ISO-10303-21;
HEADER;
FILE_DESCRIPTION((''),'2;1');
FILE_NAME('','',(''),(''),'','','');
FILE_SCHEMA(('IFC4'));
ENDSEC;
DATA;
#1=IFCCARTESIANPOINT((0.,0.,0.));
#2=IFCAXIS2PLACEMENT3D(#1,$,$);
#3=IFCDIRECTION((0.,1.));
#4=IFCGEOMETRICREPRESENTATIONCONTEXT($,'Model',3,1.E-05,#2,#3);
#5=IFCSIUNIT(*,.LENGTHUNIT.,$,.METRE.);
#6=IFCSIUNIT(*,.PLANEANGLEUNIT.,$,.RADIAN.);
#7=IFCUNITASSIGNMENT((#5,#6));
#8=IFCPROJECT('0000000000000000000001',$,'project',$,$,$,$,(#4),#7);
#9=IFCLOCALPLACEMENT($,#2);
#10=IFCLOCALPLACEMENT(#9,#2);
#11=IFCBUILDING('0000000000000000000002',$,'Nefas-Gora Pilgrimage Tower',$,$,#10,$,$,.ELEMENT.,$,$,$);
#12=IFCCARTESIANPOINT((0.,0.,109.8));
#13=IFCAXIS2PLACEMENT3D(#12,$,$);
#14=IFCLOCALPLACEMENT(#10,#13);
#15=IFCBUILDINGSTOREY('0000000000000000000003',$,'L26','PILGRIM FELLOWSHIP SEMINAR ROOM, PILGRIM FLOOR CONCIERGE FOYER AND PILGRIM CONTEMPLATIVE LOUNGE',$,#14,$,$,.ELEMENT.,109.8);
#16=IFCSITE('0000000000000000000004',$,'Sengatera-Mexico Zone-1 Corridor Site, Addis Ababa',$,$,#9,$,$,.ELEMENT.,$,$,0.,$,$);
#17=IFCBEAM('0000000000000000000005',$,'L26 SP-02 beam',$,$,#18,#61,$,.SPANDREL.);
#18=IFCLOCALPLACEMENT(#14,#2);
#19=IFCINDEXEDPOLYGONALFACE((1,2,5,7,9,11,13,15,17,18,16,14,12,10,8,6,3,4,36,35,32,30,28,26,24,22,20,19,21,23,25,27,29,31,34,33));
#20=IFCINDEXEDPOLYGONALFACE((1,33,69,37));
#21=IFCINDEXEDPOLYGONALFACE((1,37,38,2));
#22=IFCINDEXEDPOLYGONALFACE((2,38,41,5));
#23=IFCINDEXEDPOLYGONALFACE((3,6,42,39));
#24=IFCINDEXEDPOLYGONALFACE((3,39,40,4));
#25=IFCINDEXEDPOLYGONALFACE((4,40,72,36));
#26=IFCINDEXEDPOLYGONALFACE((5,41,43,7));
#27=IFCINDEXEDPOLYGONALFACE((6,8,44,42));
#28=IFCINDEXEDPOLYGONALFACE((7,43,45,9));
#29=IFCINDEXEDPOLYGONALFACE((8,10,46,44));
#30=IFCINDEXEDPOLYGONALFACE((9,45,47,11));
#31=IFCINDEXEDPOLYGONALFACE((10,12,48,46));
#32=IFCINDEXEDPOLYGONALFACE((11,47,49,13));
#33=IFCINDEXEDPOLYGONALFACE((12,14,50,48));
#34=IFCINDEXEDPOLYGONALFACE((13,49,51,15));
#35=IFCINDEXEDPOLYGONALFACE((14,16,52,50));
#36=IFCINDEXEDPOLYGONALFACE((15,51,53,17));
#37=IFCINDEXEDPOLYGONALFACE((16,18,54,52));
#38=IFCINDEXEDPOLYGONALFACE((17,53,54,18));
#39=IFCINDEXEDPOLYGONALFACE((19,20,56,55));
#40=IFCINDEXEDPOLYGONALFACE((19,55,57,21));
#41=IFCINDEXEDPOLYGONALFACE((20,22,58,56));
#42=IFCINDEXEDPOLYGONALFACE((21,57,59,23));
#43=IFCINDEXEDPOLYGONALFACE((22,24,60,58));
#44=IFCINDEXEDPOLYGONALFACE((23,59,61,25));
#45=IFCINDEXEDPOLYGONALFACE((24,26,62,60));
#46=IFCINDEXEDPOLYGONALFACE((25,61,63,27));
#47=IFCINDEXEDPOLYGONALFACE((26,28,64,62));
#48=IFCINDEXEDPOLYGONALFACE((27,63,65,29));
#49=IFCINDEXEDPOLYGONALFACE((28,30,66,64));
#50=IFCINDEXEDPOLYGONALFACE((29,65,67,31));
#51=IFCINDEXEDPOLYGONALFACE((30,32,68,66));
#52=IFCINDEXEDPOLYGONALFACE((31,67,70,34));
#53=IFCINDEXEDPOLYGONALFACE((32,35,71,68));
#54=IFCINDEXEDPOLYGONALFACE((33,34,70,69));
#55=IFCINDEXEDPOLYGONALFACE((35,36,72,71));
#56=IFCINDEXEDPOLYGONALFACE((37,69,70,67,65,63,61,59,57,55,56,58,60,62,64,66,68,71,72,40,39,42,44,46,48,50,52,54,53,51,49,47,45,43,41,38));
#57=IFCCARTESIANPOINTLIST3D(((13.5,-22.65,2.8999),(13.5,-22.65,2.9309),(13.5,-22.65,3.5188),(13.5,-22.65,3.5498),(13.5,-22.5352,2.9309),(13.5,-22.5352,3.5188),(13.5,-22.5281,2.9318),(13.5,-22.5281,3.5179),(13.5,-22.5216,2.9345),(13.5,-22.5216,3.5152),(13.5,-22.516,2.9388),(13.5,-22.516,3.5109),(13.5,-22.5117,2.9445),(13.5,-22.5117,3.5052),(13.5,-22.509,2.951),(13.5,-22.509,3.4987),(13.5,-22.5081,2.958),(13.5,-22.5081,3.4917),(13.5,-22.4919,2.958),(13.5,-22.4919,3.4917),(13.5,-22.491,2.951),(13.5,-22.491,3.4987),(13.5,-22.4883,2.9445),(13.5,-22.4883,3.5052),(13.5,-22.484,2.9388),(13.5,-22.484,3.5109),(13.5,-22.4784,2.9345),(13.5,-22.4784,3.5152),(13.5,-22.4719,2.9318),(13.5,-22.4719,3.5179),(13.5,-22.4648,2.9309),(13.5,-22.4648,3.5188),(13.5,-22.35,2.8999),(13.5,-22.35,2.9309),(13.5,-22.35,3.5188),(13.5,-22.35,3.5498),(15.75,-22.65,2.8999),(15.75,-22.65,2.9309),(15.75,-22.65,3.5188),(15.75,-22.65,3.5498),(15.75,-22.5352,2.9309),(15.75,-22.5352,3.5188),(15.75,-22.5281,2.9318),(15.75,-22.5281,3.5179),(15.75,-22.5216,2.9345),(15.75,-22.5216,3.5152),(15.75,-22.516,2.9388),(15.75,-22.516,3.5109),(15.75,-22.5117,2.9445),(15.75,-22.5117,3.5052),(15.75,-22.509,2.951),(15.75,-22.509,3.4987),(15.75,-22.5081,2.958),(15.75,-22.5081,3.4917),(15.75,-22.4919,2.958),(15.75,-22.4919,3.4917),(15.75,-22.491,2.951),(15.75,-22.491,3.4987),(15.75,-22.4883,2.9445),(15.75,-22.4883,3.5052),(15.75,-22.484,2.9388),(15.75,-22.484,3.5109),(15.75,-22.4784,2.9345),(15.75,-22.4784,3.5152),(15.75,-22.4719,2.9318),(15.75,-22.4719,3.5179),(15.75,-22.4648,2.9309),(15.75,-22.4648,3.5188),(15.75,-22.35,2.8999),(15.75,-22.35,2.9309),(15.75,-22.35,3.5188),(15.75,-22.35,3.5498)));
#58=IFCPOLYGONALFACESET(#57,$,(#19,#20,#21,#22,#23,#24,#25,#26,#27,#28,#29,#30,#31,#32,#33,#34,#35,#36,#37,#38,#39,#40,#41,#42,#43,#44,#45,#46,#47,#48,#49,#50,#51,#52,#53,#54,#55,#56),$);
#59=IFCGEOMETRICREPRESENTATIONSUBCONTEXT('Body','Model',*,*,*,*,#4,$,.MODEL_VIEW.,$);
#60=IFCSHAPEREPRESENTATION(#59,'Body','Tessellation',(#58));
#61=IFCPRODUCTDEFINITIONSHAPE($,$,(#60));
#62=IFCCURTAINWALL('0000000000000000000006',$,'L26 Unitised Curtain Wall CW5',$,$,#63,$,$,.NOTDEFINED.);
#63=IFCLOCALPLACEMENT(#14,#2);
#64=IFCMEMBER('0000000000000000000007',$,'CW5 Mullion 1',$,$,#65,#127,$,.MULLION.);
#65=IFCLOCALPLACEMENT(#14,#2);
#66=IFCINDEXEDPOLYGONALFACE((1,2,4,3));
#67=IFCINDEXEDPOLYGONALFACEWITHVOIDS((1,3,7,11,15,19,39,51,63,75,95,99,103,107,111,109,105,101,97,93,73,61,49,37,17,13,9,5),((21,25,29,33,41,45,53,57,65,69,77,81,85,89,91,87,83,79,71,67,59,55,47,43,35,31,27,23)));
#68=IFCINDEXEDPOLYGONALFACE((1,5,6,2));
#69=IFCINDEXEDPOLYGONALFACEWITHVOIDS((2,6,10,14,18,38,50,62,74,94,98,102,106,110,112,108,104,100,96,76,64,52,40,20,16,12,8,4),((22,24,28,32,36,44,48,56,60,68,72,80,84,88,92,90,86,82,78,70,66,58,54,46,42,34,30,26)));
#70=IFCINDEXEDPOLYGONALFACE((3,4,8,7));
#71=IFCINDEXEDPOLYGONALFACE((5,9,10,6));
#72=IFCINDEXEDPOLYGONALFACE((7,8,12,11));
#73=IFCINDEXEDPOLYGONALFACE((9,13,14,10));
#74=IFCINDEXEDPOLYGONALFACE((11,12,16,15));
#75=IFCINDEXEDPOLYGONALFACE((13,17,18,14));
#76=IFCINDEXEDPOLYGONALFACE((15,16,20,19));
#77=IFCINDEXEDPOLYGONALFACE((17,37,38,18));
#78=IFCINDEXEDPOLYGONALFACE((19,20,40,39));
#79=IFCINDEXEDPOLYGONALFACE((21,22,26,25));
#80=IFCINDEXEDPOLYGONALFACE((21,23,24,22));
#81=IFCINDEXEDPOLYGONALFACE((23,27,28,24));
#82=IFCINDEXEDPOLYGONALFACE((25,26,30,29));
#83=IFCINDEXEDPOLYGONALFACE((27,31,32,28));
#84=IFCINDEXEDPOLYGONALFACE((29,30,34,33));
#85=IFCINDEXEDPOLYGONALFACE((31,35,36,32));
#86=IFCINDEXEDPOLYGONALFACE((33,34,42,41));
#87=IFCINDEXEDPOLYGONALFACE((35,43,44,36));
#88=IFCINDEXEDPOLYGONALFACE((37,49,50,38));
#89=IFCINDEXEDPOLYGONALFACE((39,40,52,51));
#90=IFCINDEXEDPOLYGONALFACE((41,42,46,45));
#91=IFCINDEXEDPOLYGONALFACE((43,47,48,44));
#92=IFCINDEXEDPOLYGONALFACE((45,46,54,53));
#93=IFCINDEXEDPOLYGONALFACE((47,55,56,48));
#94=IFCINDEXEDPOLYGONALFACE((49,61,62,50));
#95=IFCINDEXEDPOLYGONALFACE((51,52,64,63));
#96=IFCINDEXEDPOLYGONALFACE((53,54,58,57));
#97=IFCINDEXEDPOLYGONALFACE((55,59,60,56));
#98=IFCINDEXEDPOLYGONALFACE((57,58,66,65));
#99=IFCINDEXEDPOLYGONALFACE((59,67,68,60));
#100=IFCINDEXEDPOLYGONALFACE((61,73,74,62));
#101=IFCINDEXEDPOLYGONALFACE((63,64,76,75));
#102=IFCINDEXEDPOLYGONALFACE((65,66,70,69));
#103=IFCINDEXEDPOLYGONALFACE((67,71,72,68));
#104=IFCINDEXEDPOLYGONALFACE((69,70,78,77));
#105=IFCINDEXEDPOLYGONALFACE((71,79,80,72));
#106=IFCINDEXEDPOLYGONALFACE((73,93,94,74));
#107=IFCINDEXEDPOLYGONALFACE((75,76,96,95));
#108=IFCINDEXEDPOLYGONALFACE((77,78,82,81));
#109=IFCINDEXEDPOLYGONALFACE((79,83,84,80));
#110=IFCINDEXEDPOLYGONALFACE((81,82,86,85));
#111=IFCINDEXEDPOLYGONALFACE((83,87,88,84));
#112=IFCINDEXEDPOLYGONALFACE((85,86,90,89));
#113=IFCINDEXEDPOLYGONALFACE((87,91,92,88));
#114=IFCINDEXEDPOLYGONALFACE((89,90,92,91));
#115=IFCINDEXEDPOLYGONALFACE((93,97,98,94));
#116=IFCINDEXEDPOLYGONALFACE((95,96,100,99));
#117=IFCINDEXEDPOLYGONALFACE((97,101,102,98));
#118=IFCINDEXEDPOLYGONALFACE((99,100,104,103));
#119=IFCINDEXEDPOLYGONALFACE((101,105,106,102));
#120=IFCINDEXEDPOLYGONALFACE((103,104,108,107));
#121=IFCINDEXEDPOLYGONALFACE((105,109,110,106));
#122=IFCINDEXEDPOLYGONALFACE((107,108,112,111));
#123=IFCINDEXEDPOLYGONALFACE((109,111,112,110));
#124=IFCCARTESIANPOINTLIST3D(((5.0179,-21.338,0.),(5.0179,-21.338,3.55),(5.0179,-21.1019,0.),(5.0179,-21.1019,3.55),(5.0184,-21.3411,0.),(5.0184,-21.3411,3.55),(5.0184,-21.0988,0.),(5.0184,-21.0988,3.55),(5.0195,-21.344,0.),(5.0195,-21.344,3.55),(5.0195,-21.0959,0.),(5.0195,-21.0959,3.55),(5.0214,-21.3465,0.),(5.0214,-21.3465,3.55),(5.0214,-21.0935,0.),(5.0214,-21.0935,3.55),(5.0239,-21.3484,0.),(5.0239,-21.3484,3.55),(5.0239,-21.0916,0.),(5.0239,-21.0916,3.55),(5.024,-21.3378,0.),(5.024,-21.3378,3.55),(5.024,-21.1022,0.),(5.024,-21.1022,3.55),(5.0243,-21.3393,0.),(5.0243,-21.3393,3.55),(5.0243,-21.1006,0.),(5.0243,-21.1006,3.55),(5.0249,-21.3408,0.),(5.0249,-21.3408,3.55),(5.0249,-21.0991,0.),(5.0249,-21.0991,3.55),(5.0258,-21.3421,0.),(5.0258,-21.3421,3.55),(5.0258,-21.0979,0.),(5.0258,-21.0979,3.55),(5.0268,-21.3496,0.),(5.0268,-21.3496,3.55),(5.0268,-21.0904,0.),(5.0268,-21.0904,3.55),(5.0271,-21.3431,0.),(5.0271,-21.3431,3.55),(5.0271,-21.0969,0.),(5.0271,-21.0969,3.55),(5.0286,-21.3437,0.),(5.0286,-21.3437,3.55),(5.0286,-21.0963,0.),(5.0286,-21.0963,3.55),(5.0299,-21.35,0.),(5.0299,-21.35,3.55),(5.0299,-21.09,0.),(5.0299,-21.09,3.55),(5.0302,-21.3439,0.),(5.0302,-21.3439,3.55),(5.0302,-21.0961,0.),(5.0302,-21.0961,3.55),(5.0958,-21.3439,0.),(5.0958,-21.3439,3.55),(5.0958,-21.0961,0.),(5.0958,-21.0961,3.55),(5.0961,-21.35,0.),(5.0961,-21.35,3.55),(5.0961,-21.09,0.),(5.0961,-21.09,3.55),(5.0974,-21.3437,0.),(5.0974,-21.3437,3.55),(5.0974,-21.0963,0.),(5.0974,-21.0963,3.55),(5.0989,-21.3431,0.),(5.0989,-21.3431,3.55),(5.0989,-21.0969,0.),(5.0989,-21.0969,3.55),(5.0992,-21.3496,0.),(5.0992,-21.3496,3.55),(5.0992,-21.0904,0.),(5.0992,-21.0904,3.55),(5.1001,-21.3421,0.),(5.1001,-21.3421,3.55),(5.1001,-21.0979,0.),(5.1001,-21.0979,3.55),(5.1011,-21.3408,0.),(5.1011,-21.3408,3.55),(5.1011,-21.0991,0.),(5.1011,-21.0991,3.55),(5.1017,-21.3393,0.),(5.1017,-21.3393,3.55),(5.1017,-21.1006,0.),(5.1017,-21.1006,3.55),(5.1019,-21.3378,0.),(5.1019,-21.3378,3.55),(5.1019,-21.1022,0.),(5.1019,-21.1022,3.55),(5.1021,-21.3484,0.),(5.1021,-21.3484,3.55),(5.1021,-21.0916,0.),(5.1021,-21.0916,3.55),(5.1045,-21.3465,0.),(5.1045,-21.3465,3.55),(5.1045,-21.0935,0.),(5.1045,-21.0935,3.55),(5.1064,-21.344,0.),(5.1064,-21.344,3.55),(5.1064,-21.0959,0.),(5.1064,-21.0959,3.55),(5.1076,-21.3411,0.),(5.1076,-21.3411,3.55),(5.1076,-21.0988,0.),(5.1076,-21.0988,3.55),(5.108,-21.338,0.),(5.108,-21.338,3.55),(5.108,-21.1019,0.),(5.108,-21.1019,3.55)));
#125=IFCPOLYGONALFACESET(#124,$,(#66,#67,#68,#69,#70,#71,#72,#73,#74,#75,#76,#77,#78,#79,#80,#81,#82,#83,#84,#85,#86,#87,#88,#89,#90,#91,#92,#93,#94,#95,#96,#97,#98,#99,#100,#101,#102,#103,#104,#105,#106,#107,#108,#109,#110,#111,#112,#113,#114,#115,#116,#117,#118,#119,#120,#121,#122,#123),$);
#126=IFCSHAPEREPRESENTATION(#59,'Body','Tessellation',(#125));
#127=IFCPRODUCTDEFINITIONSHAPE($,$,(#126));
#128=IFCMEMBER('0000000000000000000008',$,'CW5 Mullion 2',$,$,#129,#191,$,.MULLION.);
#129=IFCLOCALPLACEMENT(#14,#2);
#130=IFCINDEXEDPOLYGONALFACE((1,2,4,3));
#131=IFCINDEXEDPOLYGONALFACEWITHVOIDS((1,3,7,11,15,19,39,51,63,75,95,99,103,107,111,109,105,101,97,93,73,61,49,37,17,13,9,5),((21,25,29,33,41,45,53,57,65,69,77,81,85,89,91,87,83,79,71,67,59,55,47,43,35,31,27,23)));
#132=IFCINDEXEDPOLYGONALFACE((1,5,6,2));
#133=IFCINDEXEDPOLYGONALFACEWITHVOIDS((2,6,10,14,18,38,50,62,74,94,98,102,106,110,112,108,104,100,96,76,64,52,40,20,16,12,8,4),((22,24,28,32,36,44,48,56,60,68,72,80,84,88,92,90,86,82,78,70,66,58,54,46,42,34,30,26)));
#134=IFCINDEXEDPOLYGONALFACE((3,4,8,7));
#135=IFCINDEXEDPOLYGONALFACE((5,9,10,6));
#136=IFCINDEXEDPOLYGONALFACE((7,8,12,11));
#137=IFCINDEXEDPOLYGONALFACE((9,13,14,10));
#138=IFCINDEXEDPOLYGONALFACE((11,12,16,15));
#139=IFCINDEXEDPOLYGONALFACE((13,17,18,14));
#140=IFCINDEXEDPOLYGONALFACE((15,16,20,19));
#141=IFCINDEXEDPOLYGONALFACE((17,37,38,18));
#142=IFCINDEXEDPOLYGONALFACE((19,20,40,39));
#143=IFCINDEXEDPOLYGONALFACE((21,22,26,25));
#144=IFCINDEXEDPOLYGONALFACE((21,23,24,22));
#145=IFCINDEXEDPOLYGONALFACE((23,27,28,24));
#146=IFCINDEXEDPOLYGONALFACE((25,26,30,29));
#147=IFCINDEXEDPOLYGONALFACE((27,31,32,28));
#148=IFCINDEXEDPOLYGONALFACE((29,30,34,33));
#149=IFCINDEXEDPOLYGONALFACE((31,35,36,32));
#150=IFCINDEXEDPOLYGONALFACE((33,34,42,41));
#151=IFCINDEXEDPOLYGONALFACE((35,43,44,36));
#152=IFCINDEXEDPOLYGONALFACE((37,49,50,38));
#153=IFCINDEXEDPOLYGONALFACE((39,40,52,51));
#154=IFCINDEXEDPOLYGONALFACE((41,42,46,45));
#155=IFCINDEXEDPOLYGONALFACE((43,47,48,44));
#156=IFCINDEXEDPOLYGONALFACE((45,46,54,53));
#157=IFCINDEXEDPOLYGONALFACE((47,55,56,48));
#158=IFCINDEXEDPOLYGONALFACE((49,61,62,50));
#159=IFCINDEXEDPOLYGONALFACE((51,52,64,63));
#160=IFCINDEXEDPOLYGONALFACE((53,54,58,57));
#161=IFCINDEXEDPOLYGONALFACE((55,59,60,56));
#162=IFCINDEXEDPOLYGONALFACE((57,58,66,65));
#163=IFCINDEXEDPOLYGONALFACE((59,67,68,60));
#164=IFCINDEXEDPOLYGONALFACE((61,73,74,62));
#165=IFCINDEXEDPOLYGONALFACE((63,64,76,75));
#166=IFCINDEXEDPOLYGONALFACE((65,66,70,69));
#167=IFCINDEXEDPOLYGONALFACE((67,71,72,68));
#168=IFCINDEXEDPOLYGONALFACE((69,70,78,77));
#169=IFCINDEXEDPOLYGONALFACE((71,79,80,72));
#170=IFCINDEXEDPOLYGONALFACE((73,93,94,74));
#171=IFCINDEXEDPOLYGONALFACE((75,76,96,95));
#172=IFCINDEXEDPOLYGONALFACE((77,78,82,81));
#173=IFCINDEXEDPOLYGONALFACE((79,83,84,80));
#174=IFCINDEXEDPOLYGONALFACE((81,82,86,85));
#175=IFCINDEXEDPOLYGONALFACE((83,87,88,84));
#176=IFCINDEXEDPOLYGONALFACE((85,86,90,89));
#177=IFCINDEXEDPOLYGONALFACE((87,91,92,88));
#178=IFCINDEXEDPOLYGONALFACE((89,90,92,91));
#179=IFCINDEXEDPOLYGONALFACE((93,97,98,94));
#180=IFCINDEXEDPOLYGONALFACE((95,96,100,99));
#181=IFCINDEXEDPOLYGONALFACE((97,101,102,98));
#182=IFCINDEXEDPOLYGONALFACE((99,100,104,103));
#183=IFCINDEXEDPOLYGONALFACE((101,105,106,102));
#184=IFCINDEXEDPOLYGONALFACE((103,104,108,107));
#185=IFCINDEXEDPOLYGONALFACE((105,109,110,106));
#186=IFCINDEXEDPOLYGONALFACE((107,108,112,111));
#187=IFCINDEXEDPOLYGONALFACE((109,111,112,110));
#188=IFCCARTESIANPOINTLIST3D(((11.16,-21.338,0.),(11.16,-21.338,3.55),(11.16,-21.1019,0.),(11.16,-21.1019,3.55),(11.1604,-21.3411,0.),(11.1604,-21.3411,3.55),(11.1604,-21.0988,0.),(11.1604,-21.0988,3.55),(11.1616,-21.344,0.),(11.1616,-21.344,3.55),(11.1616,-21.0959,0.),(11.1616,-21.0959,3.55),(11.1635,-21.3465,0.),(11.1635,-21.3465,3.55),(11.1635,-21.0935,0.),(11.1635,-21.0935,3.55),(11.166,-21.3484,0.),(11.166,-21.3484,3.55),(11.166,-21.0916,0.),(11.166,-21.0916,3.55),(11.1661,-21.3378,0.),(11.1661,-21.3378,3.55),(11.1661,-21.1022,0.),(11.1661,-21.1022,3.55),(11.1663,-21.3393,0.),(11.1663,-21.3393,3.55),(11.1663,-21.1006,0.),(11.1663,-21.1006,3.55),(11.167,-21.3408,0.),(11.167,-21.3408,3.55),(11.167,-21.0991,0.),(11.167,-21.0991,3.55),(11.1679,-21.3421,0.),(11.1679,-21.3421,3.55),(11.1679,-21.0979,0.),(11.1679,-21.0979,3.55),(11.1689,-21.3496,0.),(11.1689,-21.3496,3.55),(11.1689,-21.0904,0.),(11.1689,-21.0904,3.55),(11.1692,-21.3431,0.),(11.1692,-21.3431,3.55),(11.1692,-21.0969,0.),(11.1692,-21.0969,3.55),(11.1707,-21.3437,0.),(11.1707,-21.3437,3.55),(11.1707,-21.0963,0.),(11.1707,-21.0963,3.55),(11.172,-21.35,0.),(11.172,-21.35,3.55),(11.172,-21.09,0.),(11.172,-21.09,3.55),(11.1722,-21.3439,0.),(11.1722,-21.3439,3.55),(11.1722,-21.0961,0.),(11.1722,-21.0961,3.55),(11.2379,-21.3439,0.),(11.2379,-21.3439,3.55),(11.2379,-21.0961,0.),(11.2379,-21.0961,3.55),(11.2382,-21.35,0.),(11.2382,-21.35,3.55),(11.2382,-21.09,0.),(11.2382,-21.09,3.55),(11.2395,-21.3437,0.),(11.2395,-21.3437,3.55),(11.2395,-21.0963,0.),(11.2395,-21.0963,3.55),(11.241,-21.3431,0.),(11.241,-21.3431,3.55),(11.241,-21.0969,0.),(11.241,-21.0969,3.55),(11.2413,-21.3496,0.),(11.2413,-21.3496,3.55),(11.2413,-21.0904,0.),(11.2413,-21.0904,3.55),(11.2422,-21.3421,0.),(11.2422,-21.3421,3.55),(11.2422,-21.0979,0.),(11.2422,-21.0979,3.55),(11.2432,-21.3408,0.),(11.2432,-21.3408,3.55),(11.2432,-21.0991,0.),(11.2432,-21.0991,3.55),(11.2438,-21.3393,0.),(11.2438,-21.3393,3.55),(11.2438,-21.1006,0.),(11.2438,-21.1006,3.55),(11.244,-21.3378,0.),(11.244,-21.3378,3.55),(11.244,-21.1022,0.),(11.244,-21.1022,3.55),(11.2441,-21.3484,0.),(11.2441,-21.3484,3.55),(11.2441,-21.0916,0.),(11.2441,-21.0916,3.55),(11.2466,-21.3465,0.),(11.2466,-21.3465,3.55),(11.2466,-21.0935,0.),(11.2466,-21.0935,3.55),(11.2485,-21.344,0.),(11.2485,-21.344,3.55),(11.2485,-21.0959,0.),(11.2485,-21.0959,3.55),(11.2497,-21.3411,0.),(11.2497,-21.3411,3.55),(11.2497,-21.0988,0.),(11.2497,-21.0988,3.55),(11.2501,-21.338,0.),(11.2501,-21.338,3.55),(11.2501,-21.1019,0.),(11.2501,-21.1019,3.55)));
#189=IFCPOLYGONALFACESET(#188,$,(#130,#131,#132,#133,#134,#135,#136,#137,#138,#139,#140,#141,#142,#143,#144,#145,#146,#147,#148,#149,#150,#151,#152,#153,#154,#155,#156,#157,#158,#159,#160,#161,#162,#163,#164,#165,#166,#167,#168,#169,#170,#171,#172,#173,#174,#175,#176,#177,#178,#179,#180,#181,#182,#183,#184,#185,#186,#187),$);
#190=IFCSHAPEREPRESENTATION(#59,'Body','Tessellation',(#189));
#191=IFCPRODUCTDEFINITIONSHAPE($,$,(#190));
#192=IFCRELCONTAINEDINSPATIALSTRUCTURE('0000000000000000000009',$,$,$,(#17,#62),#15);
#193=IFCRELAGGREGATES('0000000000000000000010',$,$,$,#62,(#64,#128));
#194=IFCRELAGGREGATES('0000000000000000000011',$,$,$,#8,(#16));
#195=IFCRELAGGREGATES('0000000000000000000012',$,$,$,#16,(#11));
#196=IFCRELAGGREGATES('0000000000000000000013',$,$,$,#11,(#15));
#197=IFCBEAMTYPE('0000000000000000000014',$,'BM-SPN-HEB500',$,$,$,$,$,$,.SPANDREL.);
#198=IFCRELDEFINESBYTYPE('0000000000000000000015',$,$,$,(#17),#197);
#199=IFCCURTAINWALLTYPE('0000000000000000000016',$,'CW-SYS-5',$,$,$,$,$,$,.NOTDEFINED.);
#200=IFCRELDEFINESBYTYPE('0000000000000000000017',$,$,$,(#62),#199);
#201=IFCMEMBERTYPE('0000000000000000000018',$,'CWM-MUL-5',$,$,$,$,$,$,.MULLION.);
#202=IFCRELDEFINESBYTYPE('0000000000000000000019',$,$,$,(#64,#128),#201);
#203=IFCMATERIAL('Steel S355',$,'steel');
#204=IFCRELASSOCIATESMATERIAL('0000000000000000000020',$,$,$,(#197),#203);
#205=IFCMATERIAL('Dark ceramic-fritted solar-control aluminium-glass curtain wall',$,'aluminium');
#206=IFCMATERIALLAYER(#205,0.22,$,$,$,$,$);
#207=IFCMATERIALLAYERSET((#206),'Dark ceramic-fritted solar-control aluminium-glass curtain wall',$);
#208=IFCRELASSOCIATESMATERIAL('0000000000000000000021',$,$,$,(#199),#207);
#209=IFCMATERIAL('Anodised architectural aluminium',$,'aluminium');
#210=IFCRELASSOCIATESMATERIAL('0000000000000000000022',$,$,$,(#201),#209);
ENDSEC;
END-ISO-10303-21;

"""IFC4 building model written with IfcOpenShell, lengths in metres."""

from ifc_helpers import new_model, si_unit, direction, frame, origin, origin_2d, place, context, subcontext, project, spatial, hollow_rectangle, i_section, extrude, source, transform, mapped, material, layer, layer_set, material_profile, profile_set, type_object, element, aggregate, save


model = new_model("IFC4")

# Units and contexts
model_context = context("Model", 3, precision=1e-05, world=origin(), true_north=direction((0.0, 1.0)))
body_context = subcontext(model_context, "Body", "Model", "MODEL_VIEW")
ifc_project = project(units=[si_unit("LENGTHUNIT", "METRE"), si_unit("PLANEANGLEUNIT", "RADIAN")], contexts=[model_context])

# Site, building, storey
site_placement = place(None, origin())
site = spatial("IfcSite", under=ifc_project, at=site_placement, Name="Sengatera-Mexico Zone-1 Corridor Site, Addis Ababa", CompositionType="ELEMENT", RefElevation=0.0)
building_placement = place(site_placement, origin())
building = spatial("IfcBuilding", under=site, at=building_placement, Name="Nefas-Gora Pilgrimage Tower", CompositionType="ELEMENT")
storey_placement = place(building_placement, frame((0.0, 0.0, 109.8)))
storey = spatial("IfcBuildingStorey", under=building, at=storey_placement, Name="L26", Description="PILGRIM FELLOWSHIP SEMINAR ROOM, PILGRIM FLOOR CONCIERGE FOYER AND PILGRIM CONTEMPLATIVE LOUNGE", CompositionType="ELEMENT", Elevation=109.8)

# Beam
ifc_material_1 = material(Name="Steel S355", Category="steel")
ifc_material_profile_1 = material_profile(ifc_material_1, i_section(OverallWidth=0.3, OverallDepth=0.6499, WebThickness=0.0161, FlangeThickness=0.031, FilletRadius=0.0271, at=origin_2d()), Name="HEB 650")
ifc_profile_set_1 = profile_set([ifc_material_profile_1], Name="Steel S355")
beam_type_1 = type_object("IfcBeamType", Name="BM-SPN-HEB500", PredefinedType="SPANDREL", material=ifc_profile_set_1)
shared_shape_1 = source(origin(), body_context, "Body", "SweptSolid", [
    extrude(i_section(OverallWidth=0.3, OverallDepth=0.6499, WebThickness=0.0161, FlangeThickness=0.031, FilletRadius=0.0271, at=origin_2d()), origin(), (0.0, 0.0, 1.0), 2.25),
])
beam_1_placement = place(storey_placement, frame((13.5, -22.5, 3.2249), z_axis=(1.0, 0.0, 0.0), x_axis=(0.0, 1.0, 0.0)))
element("IfcBeam", 1, at=beam_1_placement, inside=storey, type_object=beam_type_1, Name="L26 SP-02 beam", PredefinedType="SPANDREL", context=body_context, shape_type="MappedRepresentation", body=[
    mapped(shared_shape_1, transform((0.0, 0.0, 0.0), x_axis=(1.0, 0.0, 0.0), y_axis=(0.0, 1.0, 0.0), z_axis=(0.0, 0.0, 1.0), scale=1.0)),
])

# Curtain wall, members
ifc_material_2 = material(Name="Dark ceramic-fritted solar-control aluminium-glass curtain wall", Category="aluminium")
ifc_layer_1 = layer(ifc_material_2, 0.22)
ifc_layer_set_1 = layer_set([ifc_layer_1], Name="Dark ceramic-fritted solar-control aluminium-glass curtain wall")
curtain_wall_type_1 = type_object("IfcCurtainWallType", Name="CW-SYS-5", PredefinedType="NOTDEFINED", material=ifc_layer_set_1)
curtain_wall_1_placement = place(storey_placement, origin())
curtain_wall_1 = element("IfcCurtainWall", 2, at=curtain_wall_1_placement, inside=storey, type_object=curtain_wall_type_1, Name="L26 Unitised Curtain Wall CW5", PredefinedType="NOTDEFINED")
ifc_material_3 = material(Name="Anodised architectural aluminium", Category="aluminium")
ifc_material_profile_2 = material_profile(ifc_material_3, hollow_rectangle(XDim=0.0901, YDim=0.26, WallThickness=0.0061, InnerFilletRadius=0.0061, OuterFilletRadius=0.012, at=origin_2d()), Name="ALU MULLION 90x260")
ifc_profile_set_2 = profile_set([ifc_material_profile_2], Name="Anodised architectural aluminium")
member_type_1 = type_object("IfcMemberType", Name="CWM-MUL-5", PredefinedType="MULLION", material=ifc_profile_set_2)
shared_shape_2 = source(origin(), body_context, "Body", "SweptSolid", [
    extrude(hollow_rectangle(XDim=0.0901, YDim=0.26, WallThickness=0.0061, InnerFilletRadius=0.0061, OuterFilletRadius=0.012, at=origin_2d()), origin(), (0.0, 0.0, 1.0), 3.55),
])
member_1_placement = place(storey_placement, frame((5.063, -21.22, 0.0), z_axis=(0.0, 0.0, 1.0), x_axis=(1.0, 0.0, 0.0)))
member_1 = element("IfcMember", 3, at=member_1_placement, type_object=member_type_1, Name="CW5 Mullion 1", PredefinedType="MULLION", context=body_context, shape_type="MappedRepresentation", body=[
    mapped(shared_shape_2, transform((0.0, 0.0, 0.0), x_axis=(1.0, 0.0, 0.0), y_axis=(0.0, 1.0, 0.0), z_axis=(0.0, 0.0, 1.0), scale=1.0)),
])
member_2_placement = place(storey_placement, frame((11.2051, -21.22, 0.0), z_axis=(0.0, 0.0, 1.0), x_axis=(1.0, 0.0, 0.0)))
member_2 = element("IfcMember", 4, at=member_2_placement, type_object=member_type_1, Name="CW5 Mullion 2", PredefinedType="MULLION", context=body_context, shape_type="MappedRepresentation", body=[
    mapped(shared_shape_2, transform((0.0, 0.0, 0.0), x_axis=(1.0, 0.0, 0.0), y_axis=(0.0, 1.0, 0.0), z_axis=(0.0, 0.0, 1.0), scale=1.0)),
])

aggregate(curtain_wall_1, [member_1, member_2])

save(model, "model.ifc")
